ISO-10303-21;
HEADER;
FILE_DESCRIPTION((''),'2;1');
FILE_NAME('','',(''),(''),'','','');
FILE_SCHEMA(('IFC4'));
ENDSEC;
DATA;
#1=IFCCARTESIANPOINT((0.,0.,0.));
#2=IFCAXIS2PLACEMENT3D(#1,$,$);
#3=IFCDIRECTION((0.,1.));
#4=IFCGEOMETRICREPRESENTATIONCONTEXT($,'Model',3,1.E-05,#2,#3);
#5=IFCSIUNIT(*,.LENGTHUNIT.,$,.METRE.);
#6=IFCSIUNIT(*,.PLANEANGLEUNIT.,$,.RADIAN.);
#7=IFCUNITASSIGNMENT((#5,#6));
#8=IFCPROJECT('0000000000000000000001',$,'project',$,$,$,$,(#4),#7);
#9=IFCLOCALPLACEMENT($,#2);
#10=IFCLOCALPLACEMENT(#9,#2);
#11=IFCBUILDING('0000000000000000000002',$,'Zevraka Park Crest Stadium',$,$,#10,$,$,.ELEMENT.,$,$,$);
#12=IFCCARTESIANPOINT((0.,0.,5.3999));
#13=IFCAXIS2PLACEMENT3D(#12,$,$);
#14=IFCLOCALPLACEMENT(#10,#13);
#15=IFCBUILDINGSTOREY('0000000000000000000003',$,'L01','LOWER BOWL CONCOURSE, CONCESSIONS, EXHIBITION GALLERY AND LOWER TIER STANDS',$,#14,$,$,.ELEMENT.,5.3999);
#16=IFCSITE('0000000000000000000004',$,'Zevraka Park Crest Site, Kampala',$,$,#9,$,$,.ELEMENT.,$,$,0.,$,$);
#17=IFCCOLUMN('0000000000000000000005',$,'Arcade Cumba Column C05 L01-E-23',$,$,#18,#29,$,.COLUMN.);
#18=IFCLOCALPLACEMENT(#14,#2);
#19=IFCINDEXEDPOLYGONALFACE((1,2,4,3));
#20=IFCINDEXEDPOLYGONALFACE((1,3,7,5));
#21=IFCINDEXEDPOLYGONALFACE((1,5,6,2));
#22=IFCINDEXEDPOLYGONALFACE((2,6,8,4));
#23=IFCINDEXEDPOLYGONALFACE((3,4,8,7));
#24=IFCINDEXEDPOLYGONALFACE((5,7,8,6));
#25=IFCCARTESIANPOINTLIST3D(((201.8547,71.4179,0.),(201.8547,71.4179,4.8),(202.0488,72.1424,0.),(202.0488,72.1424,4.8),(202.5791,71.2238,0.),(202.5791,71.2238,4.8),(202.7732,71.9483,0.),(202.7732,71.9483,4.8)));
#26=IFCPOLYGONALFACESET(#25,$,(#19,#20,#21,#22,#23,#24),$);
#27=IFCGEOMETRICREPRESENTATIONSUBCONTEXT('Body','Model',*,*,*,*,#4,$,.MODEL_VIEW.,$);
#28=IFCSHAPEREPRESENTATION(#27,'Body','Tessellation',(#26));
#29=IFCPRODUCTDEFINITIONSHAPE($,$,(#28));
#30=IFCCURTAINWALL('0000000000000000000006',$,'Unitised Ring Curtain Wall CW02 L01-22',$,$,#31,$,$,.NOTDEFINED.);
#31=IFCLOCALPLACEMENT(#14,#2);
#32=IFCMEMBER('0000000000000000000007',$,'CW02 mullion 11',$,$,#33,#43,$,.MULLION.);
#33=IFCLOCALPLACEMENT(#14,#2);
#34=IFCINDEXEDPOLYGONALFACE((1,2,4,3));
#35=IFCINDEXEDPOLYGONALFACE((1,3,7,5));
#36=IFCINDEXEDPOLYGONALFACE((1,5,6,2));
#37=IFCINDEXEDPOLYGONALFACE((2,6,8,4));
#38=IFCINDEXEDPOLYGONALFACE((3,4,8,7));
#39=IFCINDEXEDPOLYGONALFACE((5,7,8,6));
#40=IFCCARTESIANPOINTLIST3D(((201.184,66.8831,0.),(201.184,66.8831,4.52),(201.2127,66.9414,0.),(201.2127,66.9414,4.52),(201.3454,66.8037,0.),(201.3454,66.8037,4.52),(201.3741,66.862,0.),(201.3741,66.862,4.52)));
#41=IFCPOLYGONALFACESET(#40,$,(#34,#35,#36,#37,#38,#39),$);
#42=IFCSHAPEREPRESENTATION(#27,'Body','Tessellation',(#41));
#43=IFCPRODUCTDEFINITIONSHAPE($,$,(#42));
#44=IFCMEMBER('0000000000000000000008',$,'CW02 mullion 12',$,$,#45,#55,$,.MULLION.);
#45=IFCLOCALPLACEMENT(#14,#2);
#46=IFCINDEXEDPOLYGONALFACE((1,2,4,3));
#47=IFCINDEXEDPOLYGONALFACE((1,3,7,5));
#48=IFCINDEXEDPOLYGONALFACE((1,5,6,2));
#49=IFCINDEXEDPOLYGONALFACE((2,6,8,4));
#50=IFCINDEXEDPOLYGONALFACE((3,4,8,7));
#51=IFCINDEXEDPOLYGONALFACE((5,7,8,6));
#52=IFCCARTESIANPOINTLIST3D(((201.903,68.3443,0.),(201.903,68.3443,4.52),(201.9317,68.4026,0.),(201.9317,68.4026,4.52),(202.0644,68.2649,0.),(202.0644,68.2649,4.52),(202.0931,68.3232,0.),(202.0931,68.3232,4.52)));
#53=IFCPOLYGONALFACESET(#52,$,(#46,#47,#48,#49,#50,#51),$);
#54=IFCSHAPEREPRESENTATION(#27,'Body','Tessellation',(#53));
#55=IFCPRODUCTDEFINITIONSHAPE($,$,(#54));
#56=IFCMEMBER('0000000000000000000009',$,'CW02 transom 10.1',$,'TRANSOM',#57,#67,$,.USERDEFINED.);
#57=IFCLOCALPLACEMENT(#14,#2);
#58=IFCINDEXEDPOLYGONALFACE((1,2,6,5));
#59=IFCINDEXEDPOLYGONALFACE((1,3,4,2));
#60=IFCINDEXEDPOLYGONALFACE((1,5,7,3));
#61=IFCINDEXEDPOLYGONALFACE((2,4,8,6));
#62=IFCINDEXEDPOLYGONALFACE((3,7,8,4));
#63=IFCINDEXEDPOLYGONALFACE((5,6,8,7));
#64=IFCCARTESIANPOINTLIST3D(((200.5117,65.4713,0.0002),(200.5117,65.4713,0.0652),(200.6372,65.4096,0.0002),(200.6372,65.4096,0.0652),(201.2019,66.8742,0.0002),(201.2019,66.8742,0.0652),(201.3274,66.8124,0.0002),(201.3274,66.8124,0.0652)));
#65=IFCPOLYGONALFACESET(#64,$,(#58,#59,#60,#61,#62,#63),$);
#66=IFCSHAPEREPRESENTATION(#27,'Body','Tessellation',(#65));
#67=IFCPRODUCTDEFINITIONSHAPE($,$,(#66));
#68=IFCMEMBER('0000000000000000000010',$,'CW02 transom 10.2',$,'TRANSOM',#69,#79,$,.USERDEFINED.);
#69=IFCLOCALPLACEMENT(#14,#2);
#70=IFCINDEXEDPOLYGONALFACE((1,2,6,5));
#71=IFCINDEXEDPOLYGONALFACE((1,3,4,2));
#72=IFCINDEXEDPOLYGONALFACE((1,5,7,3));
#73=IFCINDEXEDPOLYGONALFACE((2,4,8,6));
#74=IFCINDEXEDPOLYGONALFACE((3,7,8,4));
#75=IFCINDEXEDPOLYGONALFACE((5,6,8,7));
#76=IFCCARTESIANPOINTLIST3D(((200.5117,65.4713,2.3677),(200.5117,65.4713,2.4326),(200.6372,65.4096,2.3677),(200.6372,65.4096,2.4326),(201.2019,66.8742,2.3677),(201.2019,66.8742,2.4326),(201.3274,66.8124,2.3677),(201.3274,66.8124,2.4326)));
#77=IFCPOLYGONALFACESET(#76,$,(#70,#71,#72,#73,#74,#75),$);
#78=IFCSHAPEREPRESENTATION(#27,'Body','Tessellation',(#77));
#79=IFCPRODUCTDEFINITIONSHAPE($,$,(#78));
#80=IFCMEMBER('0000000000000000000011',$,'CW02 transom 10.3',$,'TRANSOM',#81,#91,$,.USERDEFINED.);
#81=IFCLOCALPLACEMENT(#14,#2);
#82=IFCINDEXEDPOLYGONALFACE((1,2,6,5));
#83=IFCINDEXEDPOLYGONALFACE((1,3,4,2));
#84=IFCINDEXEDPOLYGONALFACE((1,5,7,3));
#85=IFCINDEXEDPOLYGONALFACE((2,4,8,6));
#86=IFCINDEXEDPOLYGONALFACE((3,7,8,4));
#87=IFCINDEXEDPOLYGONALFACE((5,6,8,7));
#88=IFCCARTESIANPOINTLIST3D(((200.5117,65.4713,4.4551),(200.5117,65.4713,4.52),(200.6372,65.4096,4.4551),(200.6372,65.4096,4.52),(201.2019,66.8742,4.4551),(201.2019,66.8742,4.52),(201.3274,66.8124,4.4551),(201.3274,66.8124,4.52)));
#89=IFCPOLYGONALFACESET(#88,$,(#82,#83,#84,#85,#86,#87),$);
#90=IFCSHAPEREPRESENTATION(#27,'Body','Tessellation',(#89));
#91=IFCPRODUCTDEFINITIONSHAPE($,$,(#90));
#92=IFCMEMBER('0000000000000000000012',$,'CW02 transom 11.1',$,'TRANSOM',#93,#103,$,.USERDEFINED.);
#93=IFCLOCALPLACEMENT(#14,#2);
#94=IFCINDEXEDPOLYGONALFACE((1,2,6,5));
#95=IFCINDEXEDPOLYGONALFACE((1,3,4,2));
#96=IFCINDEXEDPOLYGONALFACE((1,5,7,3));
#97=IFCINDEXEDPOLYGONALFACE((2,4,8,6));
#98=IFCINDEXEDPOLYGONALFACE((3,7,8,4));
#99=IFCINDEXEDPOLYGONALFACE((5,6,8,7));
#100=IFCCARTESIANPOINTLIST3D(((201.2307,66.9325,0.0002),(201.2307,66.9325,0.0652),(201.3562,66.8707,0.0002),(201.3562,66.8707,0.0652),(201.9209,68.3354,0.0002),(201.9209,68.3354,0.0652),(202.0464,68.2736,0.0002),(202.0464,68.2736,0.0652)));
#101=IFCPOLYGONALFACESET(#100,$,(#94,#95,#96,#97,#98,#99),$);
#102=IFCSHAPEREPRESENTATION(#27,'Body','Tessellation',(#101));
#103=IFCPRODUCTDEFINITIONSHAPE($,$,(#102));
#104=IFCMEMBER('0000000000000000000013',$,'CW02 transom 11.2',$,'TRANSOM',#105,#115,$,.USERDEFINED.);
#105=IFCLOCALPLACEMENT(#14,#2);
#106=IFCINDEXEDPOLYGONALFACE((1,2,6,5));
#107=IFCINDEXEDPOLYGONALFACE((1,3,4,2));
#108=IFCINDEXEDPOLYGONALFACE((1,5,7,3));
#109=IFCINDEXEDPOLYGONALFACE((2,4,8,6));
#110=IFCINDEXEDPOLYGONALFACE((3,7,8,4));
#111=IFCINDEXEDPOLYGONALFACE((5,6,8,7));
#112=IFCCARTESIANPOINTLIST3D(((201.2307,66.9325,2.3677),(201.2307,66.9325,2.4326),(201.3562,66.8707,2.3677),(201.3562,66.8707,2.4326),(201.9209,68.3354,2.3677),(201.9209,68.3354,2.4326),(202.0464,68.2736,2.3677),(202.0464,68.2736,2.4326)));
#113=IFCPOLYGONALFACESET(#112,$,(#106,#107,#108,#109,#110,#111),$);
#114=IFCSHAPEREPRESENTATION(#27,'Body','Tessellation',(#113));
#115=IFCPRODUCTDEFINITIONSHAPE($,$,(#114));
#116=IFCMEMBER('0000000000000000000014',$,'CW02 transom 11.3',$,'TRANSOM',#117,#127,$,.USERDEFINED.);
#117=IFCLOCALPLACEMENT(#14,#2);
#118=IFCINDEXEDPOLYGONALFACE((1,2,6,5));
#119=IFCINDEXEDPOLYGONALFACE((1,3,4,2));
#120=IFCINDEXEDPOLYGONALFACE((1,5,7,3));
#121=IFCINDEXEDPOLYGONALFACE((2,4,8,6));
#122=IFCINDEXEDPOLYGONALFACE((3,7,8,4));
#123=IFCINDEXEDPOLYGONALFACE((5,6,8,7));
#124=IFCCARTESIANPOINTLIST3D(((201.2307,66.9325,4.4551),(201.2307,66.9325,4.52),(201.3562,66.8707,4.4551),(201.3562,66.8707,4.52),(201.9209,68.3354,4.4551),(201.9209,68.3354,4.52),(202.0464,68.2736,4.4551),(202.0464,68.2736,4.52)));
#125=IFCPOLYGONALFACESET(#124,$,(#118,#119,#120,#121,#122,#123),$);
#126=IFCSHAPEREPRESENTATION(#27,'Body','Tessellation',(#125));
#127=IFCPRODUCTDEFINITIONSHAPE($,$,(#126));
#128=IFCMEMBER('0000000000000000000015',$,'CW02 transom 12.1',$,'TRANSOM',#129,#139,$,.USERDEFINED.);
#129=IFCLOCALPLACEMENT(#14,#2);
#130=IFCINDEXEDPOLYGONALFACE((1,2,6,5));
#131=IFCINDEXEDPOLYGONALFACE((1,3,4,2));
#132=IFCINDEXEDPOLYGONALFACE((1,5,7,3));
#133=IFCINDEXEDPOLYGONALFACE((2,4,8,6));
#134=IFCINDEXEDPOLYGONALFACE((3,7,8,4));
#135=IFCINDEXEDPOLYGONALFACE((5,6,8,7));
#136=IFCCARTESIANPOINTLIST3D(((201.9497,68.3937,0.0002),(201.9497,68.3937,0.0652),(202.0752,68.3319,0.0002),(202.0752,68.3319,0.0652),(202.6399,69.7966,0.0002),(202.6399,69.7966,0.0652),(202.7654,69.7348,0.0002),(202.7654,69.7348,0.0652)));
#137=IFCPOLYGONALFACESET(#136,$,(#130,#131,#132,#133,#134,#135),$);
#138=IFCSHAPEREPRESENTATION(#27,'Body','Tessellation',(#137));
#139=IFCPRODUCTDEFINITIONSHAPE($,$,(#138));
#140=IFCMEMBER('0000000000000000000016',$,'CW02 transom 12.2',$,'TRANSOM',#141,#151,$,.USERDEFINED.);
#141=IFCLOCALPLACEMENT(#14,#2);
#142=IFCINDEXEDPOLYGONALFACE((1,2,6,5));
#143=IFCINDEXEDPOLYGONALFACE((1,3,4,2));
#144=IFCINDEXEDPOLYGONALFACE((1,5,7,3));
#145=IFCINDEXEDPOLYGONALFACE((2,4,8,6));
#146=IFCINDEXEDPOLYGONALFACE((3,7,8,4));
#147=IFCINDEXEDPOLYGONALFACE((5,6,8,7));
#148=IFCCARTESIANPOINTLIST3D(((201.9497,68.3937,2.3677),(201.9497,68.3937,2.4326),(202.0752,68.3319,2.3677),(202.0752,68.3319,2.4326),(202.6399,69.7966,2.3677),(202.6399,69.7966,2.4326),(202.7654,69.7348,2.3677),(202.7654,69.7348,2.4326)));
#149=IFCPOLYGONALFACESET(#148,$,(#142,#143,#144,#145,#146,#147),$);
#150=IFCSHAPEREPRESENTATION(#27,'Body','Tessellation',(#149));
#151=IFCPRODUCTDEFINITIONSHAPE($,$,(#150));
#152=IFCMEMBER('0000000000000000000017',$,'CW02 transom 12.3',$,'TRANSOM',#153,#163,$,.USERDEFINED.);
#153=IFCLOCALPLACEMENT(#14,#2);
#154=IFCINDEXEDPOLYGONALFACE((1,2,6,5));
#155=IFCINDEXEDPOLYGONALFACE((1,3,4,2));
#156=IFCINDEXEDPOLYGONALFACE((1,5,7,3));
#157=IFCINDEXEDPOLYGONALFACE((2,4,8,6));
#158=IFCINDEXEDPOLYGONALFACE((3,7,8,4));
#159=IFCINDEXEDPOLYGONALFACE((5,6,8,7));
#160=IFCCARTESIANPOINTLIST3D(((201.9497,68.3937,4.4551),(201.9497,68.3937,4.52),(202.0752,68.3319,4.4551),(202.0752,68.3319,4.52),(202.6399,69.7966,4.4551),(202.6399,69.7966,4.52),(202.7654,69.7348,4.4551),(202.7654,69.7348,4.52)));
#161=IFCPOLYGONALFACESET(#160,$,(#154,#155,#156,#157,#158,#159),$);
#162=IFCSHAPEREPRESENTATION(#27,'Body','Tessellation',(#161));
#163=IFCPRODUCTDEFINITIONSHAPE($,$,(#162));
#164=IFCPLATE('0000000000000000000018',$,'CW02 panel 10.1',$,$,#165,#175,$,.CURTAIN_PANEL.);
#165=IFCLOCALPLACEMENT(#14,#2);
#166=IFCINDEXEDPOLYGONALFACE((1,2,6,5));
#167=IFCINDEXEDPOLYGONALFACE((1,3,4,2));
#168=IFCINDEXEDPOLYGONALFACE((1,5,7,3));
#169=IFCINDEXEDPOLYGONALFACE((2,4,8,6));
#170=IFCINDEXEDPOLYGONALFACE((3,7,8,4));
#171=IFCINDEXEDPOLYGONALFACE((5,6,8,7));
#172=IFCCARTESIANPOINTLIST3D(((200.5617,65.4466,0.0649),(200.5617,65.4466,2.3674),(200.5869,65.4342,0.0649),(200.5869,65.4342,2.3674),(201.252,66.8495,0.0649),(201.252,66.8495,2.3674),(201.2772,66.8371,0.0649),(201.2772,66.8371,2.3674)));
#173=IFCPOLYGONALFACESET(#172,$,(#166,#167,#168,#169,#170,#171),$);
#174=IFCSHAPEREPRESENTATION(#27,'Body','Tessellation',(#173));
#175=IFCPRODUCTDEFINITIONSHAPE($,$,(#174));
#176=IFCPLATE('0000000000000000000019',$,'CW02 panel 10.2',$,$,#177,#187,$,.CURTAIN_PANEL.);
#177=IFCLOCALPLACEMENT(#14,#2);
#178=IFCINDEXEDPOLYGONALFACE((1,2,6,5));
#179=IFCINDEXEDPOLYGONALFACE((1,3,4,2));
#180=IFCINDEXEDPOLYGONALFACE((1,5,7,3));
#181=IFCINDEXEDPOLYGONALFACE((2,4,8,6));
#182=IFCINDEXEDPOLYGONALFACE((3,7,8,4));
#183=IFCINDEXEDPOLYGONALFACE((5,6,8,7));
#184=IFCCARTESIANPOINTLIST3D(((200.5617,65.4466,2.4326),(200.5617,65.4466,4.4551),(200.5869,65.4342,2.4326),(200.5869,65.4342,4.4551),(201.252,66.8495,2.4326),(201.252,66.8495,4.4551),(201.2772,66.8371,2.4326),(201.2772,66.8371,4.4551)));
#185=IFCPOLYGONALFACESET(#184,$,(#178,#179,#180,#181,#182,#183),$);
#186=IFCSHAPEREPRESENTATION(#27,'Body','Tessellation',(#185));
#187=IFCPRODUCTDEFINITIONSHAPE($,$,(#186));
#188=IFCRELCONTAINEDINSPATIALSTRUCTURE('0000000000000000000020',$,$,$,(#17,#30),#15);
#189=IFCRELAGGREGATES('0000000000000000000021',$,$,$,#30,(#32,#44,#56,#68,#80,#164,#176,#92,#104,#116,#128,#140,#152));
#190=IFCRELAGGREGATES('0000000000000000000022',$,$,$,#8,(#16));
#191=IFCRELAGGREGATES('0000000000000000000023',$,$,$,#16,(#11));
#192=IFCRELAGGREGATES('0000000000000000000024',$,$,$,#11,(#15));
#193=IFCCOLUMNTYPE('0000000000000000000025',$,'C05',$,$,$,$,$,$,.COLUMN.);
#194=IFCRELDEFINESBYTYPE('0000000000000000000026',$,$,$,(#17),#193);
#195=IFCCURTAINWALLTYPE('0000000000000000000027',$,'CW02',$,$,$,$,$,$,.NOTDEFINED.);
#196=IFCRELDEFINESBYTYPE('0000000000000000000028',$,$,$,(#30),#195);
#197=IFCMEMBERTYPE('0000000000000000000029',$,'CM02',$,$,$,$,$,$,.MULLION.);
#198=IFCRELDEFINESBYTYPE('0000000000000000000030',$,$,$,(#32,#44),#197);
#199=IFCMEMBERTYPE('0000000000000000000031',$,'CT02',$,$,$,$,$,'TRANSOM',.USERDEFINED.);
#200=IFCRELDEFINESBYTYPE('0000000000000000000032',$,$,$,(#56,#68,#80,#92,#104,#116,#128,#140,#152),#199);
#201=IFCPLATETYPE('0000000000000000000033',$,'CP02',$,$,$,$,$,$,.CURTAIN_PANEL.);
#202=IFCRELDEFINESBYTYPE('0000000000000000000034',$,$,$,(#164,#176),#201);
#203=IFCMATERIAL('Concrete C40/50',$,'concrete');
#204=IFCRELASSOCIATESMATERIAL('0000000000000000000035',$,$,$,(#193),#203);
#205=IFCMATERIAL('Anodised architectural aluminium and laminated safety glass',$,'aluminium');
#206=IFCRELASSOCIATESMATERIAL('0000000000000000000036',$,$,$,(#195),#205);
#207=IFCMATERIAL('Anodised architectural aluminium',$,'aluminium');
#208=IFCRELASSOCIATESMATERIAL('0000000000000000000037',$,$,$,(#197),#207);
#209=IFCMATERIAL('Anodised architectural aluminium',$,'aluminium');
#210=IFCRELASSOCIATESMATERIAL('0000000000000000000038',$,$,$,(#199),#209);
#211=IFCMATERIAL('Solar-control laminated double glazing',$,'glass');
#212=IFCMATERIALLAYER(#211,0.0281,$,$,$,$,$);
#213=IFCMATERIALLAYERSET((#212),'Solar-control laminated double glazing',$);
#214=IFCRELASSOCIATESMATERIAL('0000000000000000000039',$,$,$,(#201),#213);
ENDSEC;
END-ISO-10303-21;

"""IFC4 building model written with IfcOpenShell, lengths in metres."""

from ifc_helpers import new_model, si_unit, direction, frame, origin, origin_2d, place, context, subcontext, project, spatial, rectangle, extrude, material, layer, layer_set, material_profile, profile_set, type_object, element, aggregate, save


model = new_model("IFC4")

# Units and contexts
model_context = context("Model", 3, precision=1e-05, world=origin(), true_north=direction((0.0, 1.0)))
body_context = subcontext(model_context, "Body", "Model", "MODEL_VIEW")
ifc_project = project(units=[si_unit("LENGTHUNIT", "METRE"), si_unit("PLANEANGLEUNIT", "RADIAN")], contexts=[model_context])

# Site, building, storey
site_placement = place(None, origin())
site = spatial("IfcSite", under=ifc_project, at=site_placement, Name="Zevraka Park Crest Site, Kampala", CompositionType="ELEMENT", RefElevation=0.0)
building_placement = place(site_placement, origin())
building = spatial("IfcBuilding", under=site, at=building_placement, Name="Zevraka Park Crest Stadium", CompositionType="ELEMENT")
storey_placement = place(building_placement, frame((0.0, 0.0, 5.3999)))
storey = spatial("IfcBuildingStorey", under=building, at=storey_placement, Name="L01", Description="LOWER BOWL CONCOURSE, CONCESSIONS, EXHIBITION GALLERY AND LOWER TIER STANDS", CompositionType="ELEMENT", Elevation=5.3999)

# Column
ifc_material_1 = material(Name="Concrete C40/50", Category="concrete")
ifc_material_profile_1 = material_profile(ifc_material_1, rectangle(XDim=0.75, YDim=0.75, at=origin_2d()), Name="RC 750x750")
ifc_profile_set_1 = profile_set([ifc_material_profile_1], Name="Concrete C40/50")
column_type = type_object("IfcColumnType", Name="C05", PredefinedType="COLUMN", material=ifc_profile_set_1)
column_placement = place(storey_placement, frame((202.314, 71.6831, 0.0), z_axis=(0.0, 0.0, 1.0), x_axis=(-0.965926, 0.258819, 0.0)))
element("IfcColumn", 1, at=column_placement, inside=storey, type_object=column_type, Name="Arcade Cumba Column C05 L01-E-23", PredefinedType="COLUMN", context=body_context, shape_type="SweptSolid", body=[
    extrude(rectangle(XDim=0.75, YDim=0.75, at=origin_2d()), origin(), (0.0, 0.0, 1.0), 4.8),
])

# Curtain wall, members, plates
ifc_material_2 = material(Name="Anodised architectural aluminium and laminated safety glass", Category="aluminium")
curtain_wall_type = type_object("IfcCurtainWallType", Name="CW02", PredefinedType="NOTDEFINED", material=ifc_material_2)
curtain_wall_placement = place(storey_placement, origin())
curtain_wall = element("IfcCurtainWall", 2, at=curtain_wall_placement, inside=storey, type_object=curtain_wall_type, Name="Unitised Ring Curtain Wall CW02 L01-22", PredefinedType="NOTDEFINED")
ifc_material_3 = material(Name="Anodised architectural aluminium", Category="aluminium")
ifc_material_profile_2 = material_profile(ifc_material_3, rectangle(XDim=0.1799, YDim=0.0649, at=origin_2d()), Name="ALU MULLION 180x65")
ifc_profile_set_2 = profile_set([ifc_material_profile_2], Name="Anodised architectural aluminium")
member_type_1 = type_object("IfcMemberType", Name="CM02", PredefinedType="MULLION", material=ifc_profile_set_2)
member_1_placement = place(storey_placement, frame((201.2791, 66.8726, 0.0), z_axis=(0.0, 0.0, 1.0), x_axis=(-0.897253, 0.441517, 0.0)))
member_1 = element("IfcMember", 3, at=member_1_placement, type_object=member_type_1, Name="CW02 mullion 11", PredefinedType="MULLION", context=body_context, shape_type="SweptSolid", body=[
    extrude(rectangle(XDim=0.1799, YDim=0.0649, at=origin_2d()), origin(), (0.0, 0.0, 1.0), 4.52),
])
member_2_placement = place(storey_placement, frame((201.998, 68.3337, 0.0), z_axis=(0.0, 0.0, 1.0), x_axis=(-0.897253, 0.441517, 0.0)))
member_2 = element("IfcMember", 4, at=member_2_placement, type_object=member_type_1, Name="CW02 mullion 12", PredefinedType="MULLION", context=body_context, shape_type="SweptSolid", body=[
    extrude(rectangle(XDim=0.1799, YDim=0.0649, at=origin_2d()), origin(), (0.0, 0.0, 1.0), 4.52),
])
ifc_material_4 = material(Name="Anodised architectural aluminium", Category="aluminium")
ifc_material_profile_3 = material_profile(ifc_material_4, rectangle(XDim=0.1399, YDim=0.0649, at=origin_2d()), Name="ALU TRANSOM 140x65")
ifc_profile_set_3 = profile_set([ifc_material_profile_3], Name="Anodised architectural aluminium")
member_type_2 = type_object("IfcMemberType", Name="CT02", ElementType="TRANSOM", PredefinedType="USERDEFINED", material=ifc_profile_set_3)
member_3_placement = place(storey_placement, frame((200.5745, 65.4404, 0.0327), z_axis=(0.441458, 0.897282, 0.0), x_axis=(-0.897282, 0.441458, 0.0)))
member_3 = element("IfcMember", 5, at=member_3_placement, type_object=member_type_2, Name="CW02 transom 10.1", ObjectType="TRANSOM", PredefinedType="USERDEFINED", context=body_context, shape_type="SweptSolid", body=[
    extrude(rectangle(XDim=0.1399, YDim=0.0649, at=origin_2d()), origin(), (0.0, 0.0, 1.0), 1.5635),
])
member_4_placement = place(storey_placement, frame((200.5745, 65.4404, 2.4001), z_axis=(0.441458, 0.897282, 0.0), x_axis=(-0.897282, 0.441458, 0.0)))
member_4 = element("IfcMember", 6, at=member_4_placement, type_object=member_type_2, Name="CW02 transom 10.2", ObjectType="TRANSOM", PredefinedType="USERDEFINED", context=body_context, shape_type="SweptSolid", body=[
    extrude(rectangle(XDim=0.1399, YDim=0.0649, at=origin_2d()), origin(), (0.0, 0.0, 1.0), 1.5635),
])
member_5_placement = place(storey_placement, frame((200.5745, 65.4404, 4.4875), z_axis=(0.441458, 0.897282, 0.0), x_axis=(-0.897282, 0.441458, 0.0)))
member_5 = element("IfcMember", 7, at=member_5_placement, type_object=member_type_2, Name="CW02 transom 10.3", ObjectType="TRANSOM", PredefinedType="USERDEFINED", context=body_context, shape_type="SweptSolid", body=[
    extrude(rectangle(XDim=0.1399, YDim=0.0649, at=origin_2d()), origin(), (0.0, 0.0, 1.0), 1.5635),
])
member_6_placement = place(storey_placement, frame((201.2935, 66.9016, 0.0327), z_axis=(0.441458, 0.897282, 0.0), x_axis=(-0.897282, 0.441458, 0.0)))
member_6 = element("IfcMember", 8, at=member_6_placement, type_object=member_type_2, Name="CW02 transom 11.1", ObjectType="TRANSOM", PredefinedType="USERDEFINED", context=body_context, shape_type="SweptSolid", body=[
    extrude(rectangle(XDim=0.1399, YDim=0.0649, at=origin_2d()), origin(), (0.0, 0.0, 1.0), 1.5635),
])
member_7_placement = place(storey_placement, frame((201.2935, 66.9016, 2.4001), z_axis=(0.441458, 0.897282, 0.0), x_axis=(-0.897282, 0.441458, 0.0)))
member_7 = element("IfcMember", 9, at=member_7_placement, type_object=member_type_2, Name="CW02 transom 11.2", ObjectType="TRANSOM", PredefinedType="USERDEFINED", context=body_context, shape_type="SweptSolid", body=[
    extrude(rectangle(XDim=0.1399, YDim=0.0649, at=origin_2d()), origin(), (0.0, 0.0, 1.0), 1.5635),
])
member_8_placement = place(storey_placement, frame((201.2935, 66.9016, 4.4875), z_axis=(0.441458, 0.897282, 0.0), x_axis=(-0.897282, 0.441458, 0.0)))
member_8 = element("IfcMember", 10, at=member_8_placement, type_object=member_type_2, Name="CW02 transom 11.3", ObjectType="TRANSOM", PredefinedType="USERDEFINED", context=body_context, shape_type="SweptSolid", body=[
    extrude(rectangle(XDim=0.1399, YDim=0.0649, at=origin_2d()), origin(), (0.0, 0.0, 1.0), 1.5635),
])
member_9_placement = place(storey_placement, frame((202.0125, 68.3628, 0.0327), z_axis=(0.441458, 0.897282, 0.0), x_axis=(-0.897282, 0.441458, 0.0)))
member_9 = element("IfcMember", 11, at=member_9_placement, type_object=member_type_2, Name="CW02 transom 12.1", ObjectType="TRANSOM", PredefinedType="USERDEFINED", context=body_context, shape_type="SweptSolid", body=[
    extrude(rectangle(XDim=0.1399, YDim=0.0649, at=origin_2d()), origin(), (0.0, 0.0, 1.0), 1.5635),
])
member_10_placement = place(storey_placement, frame((202.0125, 68.3628, 2.4001), z_axis=(0.441458, 0.897282, 0.0), x_axis=(-0.897282, 0.441458, 0.0)))
member_10 = element("IfcMember", 12, at=member_10_placement, type_object=member_type_2, Name="CW02 transom 12.2", ObjectType="TRANSOM", PredefinedType="USERDEFINED", context=body_context, shape_type="SweptSolid", body=[
    extrude(rectangle(XDim=0.1399, YDim=0.0649, at=origin_2d()), origin(), (0.0, 0.0, 1.0), 1.5635),
])
member_11_placement = place(storey_placement, frame((202.0125, 68.3628, 4.4875), z_axis=(0.441458, 0.897282, 0.0), x_axis=(-0.897282, 0.441458, 0.0)))
member_11 = element("IfcMember", 13, at=member_11_placement, type_object=member_type_2, Name="CW02 transom 12.3", ObjectType="TRANSOM", PredefinedType="USERDEFINED", context=body_context, shape_type="SweptSolid", body=[
    extrude(rectangle(XDim=0.1399, YDim=0.0649, at=origin_2d()), origin(), (0.0, 0.0, 1.0), 1.5635),
])
ifc_material_5 = material(Name="Solar-control laminated double glazing", Category="glass")
ifc_layer_1 = layer(ifc_material_5, 0.0281)
ifc_layer_set_1 = layer_set([ifc_layer_1], Name="Solar-control laminated double glazing")
plate_type = type_object("IfcPlateType", Name="CP02", PredefinedType="CURTAIN_PANEL", material=ifc_layer_set_1)
plate_1_placement = place(storey_placement, frame((200.9194, 66.1418, 0.0649), z_axis=(0.0, 0.0, 1.0), x_axis=(0.441517, 0.897253, 0.0)))
plate_1 = element("IfcPlate", 14, at=plate_1_placement, type_object=plate_type, Name="CW02 panel 10.1", PredefinedType="CURTAIN_PANEL", context=body_context, shape_type="SweptSolid", body=[
    extrude(rectangle(XDim=1.5635, YDim=0.0281, at=origin_2d()), origin(), (0.0, 0.0, 1.0), 2.3025),
])
plate_2_placement = place(storey_placement, frame((200.9194, 66.1418, 2.4326), z_axis=(0.0, 0.0, 1.0), x_axis=(0.441517, 0.897253, 0.0)))
plate_2 = element("IfcPlate", 15, at=plate_2_placement, type_object=plate_type, Name="CW02 panel 10.2", PredefinedType="CURTAIN_PANEL", context=body_context, shape_type="SweptSolid", body=[
    extrude(rectangle(XDim=1.5635, YDim=0.0281, at=origin_2d()), origin(), (0.0, 0.0, 1.0), 2.0225),
])
aggregate(curtain_wall, [member_1, member_2, member_3, member_4, member_5, plate_1, plate_2, member_6, member_7, member_8, member_9, member_10, member_11])

save(model, "model.ifc")
